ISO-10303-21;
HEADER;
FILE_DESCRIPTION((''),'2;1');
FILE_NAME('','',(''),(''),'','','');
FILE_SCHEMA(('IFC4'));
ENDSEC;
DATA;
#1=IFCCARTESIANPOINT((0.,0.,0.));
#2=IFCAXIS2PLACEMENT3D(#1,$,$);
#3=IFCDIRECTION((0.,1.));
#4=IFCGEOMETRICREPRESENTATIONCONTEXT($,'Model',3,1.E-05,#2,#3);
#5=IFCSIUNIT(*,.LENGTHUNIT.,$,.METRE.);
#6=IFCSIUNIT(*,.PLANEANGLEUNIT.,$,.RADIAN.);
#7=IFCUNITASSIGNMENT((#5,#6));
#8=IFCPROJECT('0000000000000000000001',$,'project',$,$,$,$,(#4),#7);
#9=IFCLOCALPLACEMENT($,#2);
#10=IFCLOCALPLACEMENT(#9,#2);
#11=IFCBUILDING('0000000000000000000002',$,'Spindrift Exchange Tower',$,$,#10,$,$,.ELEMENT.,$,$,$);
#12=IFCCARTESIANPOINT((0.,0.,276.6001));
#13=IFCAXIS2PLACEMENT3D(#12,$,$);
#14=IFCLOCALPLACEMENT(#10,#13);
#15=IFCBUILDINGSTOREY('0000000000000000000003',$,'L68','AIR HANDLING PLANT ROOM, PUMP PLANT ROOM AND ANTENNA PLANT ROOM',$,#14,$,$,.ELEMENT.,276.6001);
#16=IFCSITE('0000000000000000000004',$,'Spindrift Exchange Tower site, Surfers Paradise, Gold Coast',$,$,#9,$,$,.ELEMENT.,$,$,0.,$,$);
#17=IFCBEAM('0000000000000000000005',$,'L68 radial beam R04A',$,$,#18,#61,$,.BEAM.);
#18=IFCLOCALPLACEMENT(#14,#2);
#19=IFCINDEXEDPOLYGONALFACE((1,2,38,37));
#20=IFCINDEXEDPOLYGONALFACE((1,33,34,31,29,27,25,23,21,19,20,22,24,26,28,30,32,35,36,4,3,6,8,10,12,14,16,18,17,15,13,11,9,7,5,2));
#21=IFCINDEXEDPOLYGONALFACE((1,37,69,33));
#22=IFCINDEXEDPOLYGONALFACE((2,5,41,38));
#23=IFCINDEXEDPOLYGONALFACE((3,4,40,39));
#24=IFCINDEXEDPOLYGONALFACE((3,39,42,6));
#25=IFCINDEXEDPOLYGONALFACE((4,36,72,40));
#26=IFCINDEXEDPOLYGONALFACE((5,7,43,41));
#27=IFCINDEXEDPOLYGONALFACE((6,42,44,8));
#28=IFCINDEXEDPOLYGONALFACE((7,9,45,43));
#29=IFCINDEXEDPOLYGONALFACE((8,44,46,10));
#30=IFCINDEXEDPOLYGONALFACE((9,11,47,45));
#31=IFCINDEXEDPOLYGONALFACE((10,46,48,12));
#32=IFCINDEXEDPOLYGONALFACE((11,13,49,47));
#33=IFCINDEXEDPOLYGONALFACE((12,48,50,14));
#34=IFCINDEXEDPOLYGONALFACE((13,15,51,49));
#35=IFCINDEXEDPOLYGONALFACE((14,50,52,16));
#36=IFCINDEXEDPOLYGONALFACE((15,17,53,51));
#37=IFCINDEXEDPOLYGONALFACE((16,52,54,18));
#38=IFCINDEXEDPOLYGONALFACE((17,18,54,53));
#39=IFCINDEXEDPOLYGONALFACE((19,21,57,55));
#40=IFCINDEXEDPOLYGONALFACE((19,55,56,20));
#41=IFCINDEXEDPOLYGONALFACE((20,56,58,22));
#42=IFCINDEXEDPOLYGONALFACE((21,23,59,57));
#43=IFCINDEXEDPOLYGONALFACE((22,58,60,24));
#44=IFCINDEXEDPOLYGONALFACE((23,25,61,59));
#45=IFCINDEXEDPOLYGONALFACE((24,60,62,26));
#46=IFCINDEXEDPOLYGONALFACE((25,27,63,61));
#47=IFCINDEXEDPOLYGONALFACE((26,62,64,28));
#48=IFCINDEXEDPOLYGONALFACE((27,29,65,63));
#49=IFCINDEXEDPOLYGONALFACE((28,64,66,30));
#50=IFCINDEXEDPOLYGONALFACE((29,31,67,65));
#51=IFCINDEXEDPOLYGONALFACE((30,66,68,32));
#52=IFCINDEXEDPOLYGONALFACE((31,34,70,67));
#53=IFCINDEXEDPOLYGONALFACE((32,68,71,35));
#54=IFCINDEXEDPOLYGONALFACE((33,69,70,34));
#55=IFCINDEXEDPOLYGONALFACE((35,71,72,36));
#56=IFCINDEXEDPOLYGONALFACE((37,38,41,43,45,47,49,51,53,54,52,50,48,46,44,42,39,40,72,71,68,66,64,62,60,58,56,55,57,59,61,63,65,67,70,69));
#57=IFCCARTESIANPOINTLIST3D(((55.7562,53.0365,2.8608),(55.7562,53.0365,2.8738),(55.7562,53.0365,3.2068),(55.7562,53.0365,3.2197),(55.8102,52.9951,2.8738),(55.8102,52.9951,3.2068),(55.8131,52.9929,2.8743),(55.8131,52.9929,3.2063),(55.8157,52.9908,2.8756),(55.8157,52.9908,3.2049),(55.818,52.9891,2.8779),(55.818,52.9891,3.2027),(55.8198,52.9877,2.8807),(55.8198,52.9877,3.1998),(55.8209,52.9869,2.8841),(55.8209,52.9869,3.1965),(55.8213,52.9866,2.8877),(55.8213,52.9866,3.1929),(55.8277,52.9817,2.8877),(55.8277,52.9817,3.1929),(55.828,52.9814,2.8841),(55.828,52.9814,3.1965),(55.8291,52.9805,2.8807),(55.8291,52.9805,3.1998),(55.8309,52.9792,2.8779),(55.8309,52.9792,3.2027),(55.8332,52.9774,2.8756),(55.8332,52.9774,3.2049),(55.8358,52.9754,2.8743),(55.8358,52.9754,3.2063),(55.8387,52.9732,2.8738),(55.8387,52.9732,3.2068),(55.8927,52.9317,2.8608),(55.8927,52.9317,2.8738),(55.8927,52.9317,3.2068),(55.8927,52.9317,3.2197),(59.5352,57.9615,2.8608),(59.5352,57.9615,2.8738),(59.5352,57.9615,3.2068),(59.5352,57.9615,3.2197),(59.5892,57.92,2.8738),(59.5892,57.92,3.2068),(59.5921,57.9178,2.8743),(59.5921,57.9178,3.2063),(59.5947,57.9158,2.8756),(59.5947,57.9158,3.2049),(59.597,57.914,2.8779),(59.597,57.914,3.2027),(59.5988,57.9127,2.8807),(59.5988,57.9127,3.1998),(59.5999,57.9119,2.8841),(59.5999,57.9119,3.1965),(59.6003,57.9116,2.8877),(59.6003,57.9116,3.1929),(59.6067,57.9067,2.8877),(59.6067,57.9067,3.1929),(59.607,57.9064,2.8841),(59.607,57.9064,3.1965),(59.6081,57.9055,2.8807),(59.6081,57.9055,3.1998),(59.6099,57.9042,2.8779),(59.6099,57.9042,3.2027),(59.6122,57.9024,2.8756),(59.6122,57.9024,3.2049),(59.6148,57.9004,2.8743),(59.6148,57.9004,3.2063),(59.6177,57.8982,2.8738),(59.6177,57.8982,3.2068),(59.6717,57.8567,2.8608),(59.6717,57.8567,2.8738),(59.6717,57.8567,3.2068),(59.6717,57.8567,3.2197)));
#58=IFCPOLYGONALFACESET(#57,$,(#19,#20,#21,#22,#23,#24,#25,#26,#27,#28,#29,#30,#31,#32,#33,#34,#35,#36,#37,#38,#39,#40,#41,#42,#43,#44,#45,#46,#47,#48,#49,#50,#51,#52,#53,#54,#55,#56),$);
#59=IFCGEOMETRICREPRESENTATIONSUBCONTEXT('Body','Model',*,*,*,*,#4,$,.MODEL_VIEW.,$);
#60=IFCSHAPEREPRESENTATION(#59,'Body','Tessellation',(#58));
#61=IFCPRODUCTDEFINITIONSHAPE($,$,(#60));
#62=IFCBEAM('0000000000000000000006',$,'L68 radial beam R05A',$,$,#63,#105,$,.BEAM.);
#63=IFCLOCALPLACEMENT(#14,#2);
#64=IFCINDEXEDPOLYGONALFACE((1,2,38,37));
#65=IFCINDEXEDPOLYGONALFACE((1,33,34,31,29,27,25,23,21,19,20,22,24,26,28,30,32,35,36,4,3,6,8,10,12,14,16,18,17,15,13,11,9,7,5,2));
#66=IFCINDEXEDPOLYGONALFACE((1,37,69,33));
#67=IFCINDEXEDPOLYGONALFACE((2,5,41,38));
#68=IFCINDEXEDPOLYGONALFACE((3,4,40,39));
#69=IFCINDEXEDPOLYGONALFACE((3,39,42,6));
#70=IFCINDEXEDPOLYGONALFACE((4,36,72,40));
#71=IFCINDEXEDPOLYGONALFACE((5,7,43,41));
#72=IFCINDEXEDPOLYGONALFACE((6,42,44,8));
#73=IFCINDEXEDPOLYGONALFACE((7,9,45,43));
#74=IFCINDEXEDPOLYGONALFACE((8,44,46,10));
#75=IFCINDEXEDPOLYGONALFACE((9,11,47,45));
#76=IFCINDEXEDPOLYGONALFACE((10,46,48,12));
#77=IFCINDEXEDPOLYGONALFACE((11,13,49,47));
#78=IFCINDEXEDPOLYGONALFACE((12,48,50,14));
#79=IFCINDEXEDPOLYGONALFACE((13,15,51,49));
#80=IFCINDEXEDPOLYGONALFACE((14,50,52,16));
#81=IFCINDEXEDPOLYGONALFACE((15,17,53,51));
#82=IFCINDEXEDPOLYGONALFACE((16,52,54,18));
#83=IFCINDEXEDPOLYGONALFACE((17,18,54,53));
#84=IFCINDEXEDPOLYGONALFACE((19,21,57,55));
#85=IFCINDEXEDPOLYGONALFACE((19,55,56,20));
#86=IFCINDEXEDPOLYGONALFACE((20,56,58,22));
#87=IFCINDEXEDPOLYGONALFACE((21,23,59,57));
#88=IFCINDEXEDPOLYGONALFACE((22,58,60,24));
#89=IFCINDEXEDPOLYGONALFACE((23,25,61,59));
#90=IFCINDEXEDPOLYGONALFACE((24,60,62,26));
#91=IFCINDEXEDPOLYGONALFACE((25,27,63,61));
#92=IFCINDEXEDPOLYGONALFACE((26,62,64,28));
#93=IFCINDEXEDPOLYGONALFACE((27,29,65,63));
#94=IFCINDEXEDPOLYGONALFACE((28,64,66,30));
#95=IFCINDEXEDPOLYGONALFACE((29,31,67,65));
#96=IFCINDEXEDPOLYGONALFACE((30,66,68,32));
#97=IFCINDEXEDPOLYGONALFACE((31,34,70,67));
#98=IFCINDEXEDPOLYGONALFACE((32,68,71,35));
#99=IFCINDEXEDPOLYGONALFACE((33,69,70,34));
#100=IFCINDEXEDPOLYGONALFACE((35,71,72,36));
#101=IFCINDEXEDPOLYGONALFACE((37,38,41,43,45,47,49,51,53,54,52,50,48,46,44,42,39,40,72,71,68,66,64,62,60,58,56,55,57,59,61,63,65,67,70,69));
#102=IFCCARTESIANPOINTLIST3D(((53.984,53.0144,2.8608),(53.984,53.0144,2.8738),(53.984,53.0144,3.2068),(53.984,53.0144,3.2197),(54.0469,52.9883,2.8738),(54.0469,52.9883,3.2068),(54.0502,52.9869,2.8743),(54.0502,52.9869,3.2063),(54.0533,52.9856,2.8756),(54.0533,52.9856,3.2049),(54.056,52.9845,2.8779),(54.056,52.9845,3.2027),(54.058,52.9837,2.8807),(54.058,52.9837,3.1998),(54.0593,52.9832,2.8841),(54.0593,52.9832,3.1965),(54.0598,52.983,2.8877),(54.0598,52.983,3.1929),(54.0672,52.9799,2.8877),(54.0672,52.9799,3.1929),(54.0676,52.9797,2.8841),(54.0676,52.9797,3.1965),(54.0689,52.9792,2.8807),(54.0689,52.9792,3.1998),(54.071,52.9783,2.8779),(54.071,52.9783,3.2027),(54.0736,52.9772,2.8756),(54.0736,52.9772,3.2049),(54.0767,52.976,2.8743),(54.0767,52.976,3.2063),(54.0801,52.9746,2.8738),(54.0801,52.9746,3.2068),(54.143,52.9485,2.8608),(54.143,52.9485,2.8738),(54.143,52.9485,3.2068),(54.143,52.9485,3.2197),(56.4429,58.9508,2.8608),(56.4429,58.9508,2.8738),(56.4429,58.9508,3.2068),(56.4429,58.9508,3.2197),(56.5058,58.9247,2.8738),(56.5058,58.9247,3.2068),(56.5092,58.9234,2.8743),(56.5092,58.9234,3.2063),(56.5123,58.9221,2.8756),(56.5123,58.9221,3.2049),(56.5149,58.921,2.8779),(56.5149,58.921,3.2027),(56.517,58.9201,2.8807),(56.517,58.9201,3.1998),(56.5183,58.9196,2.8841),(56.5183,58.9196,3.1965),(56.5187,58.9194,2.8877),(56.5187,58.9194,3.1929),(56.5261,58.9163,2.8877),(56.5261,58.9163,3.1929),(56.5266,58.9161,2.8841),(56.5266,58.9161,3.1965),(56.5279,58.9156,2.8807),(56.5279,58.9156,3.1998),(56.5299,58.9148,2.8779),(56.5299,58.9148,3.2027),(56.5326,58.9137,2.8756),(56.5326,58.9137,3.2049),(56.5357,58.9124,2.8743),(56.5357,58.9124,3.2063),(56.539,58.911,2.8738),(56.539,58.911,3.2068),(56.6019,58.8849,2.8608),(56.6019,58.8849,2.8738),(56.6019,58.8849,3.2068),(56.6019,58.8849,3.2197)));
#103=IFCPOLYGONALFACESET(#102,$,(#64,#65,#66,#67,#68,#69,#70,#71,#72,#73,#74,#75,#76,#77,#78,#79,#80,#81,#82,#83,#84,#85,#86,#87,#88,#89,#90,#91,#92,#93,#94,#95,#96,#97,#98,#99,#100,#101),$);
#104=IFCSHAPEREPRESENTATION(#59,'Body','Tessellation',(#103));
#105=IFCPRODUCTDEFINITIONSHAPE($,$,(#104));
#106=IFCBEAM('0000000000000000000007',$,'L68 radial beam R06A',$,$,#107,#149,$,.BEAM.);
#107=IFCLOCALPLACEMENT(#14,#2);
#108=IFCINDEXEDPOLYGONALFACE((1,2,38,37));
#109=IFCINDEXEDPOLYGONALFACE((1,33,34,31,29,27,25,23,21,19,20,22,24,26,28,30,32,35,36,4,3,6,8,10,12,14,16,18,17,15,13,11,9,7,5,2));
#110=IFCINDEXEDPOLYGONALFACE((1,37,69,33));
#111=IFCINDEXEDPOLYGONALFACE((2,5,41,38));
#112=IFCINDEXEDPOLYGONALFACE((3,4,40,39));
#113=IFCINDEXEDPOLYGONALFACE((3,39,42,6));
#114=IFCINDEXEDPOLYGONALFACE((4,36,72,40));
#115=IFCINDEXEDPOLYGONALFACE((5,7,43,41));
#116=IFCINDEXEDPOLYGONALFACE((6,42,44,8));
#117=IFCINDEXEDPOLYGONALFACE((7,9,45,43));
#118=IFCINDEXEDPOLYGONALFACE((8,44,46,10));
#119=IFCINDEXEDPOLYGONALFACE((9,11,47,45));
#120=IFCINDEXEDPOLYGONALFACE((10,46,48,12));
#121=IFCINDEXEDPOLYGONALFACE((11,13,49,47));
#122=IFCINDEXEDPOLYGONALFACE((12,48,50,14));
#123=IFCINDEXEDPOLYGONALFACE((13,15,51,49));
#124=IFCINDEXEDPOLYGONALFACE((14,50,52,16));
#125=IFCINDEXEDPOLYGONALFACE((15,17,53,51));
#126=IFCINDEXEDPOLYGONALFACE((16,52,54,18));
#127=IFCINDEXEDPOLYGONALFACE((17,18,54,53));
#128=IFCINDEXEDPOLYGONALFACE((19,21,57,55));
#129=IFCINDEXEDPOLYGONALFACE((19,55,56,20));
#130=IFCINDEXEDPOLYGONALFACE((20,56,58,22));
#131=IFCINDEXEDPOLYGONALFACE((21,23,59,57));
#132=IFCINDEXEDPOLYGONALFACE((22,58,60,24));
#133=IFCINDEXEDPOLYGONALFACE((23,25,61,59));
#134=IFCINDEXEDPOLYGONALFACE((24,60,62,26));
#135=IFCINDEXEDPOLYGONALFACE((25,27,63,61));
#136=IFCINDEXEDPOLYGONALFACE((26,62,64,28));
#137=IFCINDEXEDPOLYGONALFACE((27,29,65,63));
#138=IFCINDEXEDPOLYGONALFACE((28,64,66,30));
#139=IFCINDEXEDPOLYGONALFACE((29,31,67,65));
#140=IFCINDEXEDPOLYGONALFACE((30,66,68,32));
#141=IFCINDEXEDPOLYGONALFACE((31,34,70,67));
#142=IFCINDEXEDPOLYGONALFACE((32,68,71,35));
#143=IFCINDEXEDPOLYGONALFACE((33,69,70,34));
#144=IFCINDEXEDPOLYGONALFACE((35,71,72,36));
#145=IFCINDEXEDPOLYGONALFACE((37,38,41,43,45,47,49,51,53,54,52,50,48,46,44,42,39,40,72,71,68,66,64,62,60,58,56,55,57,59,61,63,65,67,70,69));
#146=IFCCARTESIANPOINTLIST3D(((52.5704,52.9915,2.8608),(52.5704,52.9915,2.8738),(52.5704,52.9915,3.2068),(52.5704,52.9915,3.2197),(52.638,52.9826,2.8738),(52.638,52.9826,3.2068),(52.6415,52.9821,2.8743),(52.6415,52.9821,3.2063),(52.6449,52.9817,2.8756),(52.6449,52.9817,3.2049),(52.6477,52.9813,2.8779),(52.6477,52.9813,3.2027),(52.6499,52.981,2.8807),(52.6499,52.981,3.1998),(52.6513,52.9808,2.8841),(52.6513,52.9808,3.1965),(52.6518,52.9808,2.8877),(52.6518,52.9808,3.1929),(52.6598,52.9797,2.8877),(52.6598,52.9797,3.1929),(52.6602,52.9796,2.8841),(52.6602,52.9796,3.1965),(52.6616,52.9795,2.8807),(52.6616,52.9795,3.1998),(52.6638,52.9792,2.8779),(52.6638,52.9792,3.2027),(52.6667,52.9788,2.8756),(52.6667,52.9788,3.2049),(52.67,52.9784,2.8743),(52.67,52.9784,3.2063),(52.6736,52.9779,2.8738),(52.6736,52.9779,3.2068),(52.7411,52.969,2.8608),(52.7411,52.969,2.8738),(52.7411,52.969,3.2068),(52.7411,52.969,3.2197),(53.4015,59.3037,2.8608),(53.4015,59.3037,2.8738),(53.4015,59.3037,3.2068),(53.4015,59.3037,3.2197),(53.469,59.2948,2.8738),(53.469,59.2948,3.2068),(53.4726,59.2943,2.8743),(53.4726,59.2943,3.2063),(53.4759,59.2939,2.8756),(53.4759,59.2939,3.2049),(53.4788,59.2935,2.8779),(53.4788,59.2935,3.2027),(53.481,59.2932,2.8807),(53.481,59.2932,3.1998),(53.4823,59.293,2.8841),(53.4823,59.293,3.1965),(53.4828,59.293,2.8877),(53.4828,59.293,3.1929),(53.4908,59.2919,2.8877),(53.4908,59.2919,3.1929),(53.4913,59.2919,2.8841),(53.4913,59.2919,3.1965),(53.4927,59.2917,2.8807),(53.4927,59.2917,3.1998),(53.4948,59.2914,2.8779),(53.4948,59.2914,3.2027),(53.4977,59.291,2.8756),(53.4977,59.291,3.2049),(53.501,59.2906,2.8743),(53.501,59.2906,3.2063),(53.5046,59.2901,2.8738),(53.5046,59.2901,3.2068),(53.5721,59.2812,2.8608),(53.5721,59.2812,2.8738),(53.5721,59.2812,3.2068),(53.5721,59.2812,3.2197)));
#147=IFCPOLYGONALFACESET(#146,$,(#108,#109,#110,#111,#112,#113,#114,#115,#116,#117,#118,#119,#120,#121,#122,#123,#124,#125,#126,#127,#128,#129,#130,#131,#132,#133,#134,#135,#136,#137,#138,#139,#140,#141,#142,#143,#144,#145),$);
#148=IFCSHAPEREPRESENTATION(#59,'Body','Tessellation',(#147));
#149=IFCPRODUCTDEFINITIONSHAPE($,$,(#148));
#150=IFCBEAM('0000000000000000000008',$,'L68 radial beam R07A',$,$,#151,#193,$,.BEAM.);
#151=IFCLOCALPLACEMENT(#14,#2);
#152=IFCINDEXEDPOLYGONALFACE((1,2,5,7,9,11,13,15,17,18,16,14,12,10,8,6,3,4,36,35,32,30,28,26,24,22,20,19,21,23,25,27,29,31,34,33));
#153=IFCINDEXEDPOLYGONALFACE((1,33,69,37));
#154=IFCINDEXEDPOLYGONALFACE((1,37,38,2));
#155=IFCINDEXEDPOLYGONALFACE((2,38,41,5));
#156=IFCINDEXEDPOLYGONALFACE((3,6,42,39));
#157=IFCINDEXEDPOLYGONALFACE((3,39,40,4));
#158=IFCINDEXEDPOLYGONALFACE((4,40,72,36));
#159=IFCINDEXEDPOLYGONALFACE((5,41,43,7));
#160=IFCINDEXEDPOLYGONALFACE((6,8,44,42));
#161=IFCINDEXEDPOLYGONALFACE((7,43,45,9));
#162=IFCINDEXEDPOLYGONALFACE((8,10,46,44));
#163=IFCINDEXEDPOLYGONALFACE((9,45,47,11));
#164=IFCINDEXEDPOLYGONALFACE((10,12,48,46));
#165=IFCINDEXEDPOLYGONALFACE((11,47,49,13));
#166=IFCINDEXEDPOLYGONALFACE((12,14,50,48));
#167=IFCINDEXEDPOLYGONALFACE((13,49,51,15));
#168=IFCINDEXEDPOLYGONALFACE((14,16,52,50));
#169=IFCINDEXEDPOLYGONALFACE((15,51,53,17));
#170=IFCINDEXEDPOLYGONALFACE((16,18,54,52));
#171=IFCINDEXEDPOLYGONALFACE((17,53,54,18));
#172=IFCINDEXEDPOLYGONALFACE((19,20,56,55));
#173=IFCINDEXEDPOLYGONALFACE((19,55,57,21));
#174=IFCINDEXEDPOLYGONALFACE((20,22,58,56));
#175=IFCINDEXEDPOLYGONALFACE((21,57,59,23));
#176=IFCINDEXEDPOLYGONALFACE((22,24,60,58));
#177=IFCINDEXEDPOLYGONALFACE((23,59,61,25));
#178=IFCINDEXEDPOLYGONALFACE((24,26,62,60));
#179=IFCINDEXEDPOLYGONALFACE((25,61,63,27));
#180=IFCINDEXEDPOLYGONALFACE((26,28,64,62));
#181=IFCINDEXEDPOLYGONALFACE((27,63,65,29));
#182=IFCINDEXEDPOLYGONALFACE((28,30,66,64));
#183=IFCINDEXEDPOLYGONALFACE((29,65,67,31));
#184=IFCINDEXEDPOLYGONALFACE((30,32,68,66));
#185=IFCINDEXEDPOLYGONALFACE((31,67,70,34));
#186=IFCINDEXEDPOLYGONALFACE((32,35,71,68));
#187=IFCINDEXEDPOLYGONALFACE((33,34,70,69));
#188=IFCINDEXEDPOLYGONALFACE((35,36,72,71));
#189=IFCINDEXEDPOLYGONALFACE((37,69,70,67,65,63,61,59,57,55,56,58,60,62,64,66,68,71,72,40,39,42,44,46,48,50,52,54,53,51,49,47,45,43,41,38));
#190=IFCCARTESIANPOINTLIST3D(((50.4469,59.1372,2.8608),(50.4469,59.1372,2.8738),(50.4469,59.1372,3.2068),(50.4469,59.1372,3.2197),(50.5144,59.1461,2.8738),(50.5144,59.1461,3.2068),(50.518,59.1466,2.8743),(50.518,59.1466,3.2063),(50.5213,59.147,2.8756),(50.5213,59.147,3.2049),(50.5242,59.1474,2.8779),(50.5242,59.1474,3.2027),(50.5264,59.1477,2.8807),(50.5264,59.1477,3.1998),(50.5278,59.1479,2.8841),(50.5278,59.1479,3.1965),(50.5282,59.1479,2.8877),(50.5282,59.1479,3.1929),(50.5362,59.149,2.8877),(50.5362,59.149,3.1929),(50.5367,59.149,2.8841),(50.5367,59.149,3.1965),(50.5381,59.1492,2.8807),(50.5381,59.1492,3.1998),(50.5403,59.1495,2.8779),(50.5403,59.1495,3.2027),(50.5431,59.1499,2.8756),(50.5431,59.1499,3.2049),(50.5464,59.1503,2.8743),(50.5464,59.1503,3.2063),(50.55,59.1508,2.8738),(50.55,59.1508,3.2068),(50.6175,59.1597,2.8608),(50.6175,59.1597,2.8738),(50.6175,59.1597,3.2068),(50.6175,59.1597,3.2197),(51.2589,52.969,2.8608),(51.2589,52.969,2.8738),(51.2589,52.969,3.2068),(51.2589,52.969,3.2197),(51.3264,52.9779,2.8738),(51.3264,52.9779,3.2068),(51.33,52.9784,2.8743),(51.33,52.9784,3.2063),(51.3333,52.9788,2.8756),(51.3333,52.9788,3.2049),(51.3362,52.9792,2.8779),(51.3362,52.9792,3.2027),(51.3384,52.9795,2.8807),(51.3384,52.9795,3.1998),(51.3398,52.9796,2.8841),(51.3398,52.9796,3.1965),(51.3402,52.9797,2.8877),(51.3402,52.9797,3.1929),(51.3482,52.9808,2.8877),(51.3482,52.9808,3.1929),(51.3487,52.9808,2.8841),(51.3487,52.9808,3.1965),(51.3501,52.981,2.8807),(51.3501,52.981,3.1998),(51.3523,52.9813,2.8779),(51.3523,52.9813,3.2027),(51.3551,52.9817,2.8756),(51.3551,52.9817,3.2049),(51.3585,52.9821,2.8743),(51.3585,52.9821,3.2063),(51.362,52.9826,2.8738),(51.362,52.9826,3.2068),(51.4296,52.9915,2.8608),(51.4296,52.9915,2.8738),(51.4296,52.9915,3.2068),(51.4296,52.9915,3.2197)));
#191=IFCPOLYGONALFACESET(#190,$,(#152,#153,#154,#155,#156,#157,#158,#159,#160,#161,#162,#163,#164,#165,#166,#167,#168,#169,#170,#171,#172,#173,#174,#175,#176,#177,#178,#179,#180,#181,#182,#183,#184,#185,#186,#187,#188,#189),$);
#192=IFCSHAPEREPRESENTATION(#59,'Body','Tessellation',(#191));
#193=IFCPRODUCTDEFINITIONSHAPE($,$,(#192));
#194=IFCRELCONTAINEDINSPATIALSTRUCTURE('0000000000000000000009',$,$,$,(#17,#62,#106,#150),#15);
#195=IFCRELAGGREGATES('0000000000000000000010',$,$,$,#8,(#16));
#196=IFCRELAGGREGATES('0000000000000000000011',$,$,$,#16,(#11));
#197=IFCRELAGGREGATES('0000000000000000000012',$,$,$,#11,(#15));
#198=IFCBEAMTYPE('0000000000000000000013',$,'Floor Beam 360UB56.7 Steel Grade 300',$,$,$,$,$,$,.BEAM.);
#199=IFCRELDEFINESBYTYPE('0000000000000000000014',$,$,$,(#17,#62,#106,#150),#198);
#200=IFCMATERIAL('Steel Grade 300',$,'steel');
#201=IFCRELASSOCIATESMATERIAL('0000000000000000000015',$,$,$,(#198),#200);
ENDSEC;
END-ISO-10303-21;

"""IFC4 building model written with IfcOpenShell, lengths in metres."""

from ifc_helpers import new_model, si_unit, direction, frame, origin, origin_2d, place, context, subcontext, project, spatial, i_section, extrude, source, transform, mapped, material, material_profile, profile_set, type_object, element, save


model = new_model("IFC4")

# Units and contexts
model_context = context("Model", 3, precision=1e-05, world=origin(), true_north=direction((0.0, 1.0)))
body_context = subcontext(model_context, "Body", "Model", "MODEL_VIEW")
ifc_project = project(units=[si_unit("LENGTHUNIT", "METRE"), si_unit("PLANEANGLEUNIT", "RADIAN")], contexts=[model_context])

# Site, building, storey
site_placement = place(None, origin())
site = spatial("IfcSite", under=ifc_project, at=site_placement, Name="Spindrift Exchange Tower site, Surfers Paradise, Gold Coast", CompositionType="ELEMENT", RefElevation=0.0)
building_placement = place(site_placement, origin())
building = spatial("IfcBuilding", under=site, at=building_placement, Name="Spindrift Exchange Tower", CompositionType="ELEMENT")
storey_placement = place(building_placement, frame((0.0, 0.0, 276.6001)))
storey = spatial("IfcBuildingStorey", under=building, at=storey_placement, Name="L68", Description="AIR HANDLING PLANT ROOM, PUMP PLANT ROOM AND ANTENNA PLANT ROOM", CompositionType="ELEMENT", Elevation=276.6001)

# Beams
ifc_material_1 = material(Name="Steel Grade 300", Category="steel")
ifc_material_profile_1 = material_profile(ifc_material_1, i_section(OverallWidth=0.1721, OverallDepth=0.3589, WebThickness=0.0081, FlangeThickness=0.0129, FilletRadius=0.0139, at=origin_2d()), Name="360UB56.7")
ifc_profile_set_1 = profile_set([ifc_material_profile_1], Name="Steel Grade 300")
beam_type_1 = type_object("IfcBeamType", Name="Floor Beam 360UB56.7 Steel Grade 300", PredefinedType="BEAM", material=ifc_profile_set_1)
shared_shape_1 = source(origin(), body_context, "Body", "SweptSolid", [
    extrude(i_section(OverallWidth=0.1721, OverallDepth=0.3589, WebThickness=0.0081, FlangeThickness=0.0129, FilletRadius=0.0139, at=origin_2d()), origin(), (0.0, 0.0, 1.0), 6.2078),
])
beam_1_placement = place(storey_placement, frame((55.8245, 52.9841, 3.0403), z_axis=(0.608754, 0.793359, 0.0), x_axis=(-0.793359, 0.608754, 0.0)))
element("IfcBeam", 1, at=beam_1_placement, inside=storey, type_object=beam_type_1, Name="L68 radial beam R04A", PredefinedType="BEAM", context=body_context, shape_type="MappedRepresentation", body=[
    mapped(shared_shape_1, transform((0.0, 0.0, 0.0), scale=1.0)),
])
shared_shape_2 = source(origin(), body_context, "Body", "SweptSolid", [
    extrude(i_section(OverallWidth=0.1721, OverallDepth=0.3589, WebThickness=0.0081, FlangeThickness=0.0129, FilletRadius=0.0139, at=origin_2d()), origin(), (0.0, 0.0, 1.0), 6.4255),
])
beam_2_placement = place(storey_placement, frame((54.0635, 52.9814, 3.0403), z_axis=(0.382683, 0.92388, 0.0), x_axis=(-0.92388, 0.382683, 0.0)))
element("IfcBeam", 2, at=beam_2_placement, inside=storey, type_object=beam_type_1, Name="L68 radial beam R05A", PredefinedType="BEAM", context=body_context, shape_type="MappedRepresentation", body=[
    mapped(shared_shape_2, transform((0.0, 0.0, 0.0), scale=1.0)),
])
shared_shape_3 = source(origin(), body_context, "Body", "SweptSolid", [
    extrude(i_section(OverallWidth=0.1721, OverallDepth=0.3589, WebThickness=0.0081, FlangeThickness=0.0129, FilletRadius=0.0139, at=origin_2d()), origin(), (0.0, 0.0, 1.0), 6.3667),
])
beam_3_placement = place(storey_placement, frame((52.6558, 52.9802, 3.0403), z_axis=(0.130531, 0.991444, 0.0), x_axis=(-0.991444, 0.130531, 0.0)))
element("IfcBeam", 3, at=beam_3_placement, inside=storey, type_object=beam_type_1, Name="L68 radial beam R06A", PredefinedType="BEAM", context=body_context, shape_type="MappedRepresentation", body=[
    mapped(shared_shape_3, transform((0.0, 0.0, 0.0), scale=1.0)),
])
shared_shape_4 = source(origin(), body_context, "Body", "SweptSolid", [
    extrude(i_section(OverallWidth=0.1721, OverallDepth=0.3589, WebThickness=0.0081, FlangeThickness=0.0129, FilletRadius=0.0139, at=origin_2d()), origin(), (0.0, 0.0, 1.0), 6.2214),
])
beam_4_placement = place(storey_placement, frame((51.3442, 52.9802, 3.0403), z_axis=(-0.130518, 0.991446, 0.0), x_axis=(-0.991446, -0.130518, 0.0)))
element("IfcBeam", 4, at=beam_4_placement, inside=storey, type_object=beam_type_1, Name="L68 radial beam R07A", PredefinedType="BEAM", context=body_context, shape_type="MappedRepresentation", body=[
    mapped(shared_shape_4, transform((0.0, 0.0, 0.0), scale=1.0)),
])

save(model, "model.ifc")
